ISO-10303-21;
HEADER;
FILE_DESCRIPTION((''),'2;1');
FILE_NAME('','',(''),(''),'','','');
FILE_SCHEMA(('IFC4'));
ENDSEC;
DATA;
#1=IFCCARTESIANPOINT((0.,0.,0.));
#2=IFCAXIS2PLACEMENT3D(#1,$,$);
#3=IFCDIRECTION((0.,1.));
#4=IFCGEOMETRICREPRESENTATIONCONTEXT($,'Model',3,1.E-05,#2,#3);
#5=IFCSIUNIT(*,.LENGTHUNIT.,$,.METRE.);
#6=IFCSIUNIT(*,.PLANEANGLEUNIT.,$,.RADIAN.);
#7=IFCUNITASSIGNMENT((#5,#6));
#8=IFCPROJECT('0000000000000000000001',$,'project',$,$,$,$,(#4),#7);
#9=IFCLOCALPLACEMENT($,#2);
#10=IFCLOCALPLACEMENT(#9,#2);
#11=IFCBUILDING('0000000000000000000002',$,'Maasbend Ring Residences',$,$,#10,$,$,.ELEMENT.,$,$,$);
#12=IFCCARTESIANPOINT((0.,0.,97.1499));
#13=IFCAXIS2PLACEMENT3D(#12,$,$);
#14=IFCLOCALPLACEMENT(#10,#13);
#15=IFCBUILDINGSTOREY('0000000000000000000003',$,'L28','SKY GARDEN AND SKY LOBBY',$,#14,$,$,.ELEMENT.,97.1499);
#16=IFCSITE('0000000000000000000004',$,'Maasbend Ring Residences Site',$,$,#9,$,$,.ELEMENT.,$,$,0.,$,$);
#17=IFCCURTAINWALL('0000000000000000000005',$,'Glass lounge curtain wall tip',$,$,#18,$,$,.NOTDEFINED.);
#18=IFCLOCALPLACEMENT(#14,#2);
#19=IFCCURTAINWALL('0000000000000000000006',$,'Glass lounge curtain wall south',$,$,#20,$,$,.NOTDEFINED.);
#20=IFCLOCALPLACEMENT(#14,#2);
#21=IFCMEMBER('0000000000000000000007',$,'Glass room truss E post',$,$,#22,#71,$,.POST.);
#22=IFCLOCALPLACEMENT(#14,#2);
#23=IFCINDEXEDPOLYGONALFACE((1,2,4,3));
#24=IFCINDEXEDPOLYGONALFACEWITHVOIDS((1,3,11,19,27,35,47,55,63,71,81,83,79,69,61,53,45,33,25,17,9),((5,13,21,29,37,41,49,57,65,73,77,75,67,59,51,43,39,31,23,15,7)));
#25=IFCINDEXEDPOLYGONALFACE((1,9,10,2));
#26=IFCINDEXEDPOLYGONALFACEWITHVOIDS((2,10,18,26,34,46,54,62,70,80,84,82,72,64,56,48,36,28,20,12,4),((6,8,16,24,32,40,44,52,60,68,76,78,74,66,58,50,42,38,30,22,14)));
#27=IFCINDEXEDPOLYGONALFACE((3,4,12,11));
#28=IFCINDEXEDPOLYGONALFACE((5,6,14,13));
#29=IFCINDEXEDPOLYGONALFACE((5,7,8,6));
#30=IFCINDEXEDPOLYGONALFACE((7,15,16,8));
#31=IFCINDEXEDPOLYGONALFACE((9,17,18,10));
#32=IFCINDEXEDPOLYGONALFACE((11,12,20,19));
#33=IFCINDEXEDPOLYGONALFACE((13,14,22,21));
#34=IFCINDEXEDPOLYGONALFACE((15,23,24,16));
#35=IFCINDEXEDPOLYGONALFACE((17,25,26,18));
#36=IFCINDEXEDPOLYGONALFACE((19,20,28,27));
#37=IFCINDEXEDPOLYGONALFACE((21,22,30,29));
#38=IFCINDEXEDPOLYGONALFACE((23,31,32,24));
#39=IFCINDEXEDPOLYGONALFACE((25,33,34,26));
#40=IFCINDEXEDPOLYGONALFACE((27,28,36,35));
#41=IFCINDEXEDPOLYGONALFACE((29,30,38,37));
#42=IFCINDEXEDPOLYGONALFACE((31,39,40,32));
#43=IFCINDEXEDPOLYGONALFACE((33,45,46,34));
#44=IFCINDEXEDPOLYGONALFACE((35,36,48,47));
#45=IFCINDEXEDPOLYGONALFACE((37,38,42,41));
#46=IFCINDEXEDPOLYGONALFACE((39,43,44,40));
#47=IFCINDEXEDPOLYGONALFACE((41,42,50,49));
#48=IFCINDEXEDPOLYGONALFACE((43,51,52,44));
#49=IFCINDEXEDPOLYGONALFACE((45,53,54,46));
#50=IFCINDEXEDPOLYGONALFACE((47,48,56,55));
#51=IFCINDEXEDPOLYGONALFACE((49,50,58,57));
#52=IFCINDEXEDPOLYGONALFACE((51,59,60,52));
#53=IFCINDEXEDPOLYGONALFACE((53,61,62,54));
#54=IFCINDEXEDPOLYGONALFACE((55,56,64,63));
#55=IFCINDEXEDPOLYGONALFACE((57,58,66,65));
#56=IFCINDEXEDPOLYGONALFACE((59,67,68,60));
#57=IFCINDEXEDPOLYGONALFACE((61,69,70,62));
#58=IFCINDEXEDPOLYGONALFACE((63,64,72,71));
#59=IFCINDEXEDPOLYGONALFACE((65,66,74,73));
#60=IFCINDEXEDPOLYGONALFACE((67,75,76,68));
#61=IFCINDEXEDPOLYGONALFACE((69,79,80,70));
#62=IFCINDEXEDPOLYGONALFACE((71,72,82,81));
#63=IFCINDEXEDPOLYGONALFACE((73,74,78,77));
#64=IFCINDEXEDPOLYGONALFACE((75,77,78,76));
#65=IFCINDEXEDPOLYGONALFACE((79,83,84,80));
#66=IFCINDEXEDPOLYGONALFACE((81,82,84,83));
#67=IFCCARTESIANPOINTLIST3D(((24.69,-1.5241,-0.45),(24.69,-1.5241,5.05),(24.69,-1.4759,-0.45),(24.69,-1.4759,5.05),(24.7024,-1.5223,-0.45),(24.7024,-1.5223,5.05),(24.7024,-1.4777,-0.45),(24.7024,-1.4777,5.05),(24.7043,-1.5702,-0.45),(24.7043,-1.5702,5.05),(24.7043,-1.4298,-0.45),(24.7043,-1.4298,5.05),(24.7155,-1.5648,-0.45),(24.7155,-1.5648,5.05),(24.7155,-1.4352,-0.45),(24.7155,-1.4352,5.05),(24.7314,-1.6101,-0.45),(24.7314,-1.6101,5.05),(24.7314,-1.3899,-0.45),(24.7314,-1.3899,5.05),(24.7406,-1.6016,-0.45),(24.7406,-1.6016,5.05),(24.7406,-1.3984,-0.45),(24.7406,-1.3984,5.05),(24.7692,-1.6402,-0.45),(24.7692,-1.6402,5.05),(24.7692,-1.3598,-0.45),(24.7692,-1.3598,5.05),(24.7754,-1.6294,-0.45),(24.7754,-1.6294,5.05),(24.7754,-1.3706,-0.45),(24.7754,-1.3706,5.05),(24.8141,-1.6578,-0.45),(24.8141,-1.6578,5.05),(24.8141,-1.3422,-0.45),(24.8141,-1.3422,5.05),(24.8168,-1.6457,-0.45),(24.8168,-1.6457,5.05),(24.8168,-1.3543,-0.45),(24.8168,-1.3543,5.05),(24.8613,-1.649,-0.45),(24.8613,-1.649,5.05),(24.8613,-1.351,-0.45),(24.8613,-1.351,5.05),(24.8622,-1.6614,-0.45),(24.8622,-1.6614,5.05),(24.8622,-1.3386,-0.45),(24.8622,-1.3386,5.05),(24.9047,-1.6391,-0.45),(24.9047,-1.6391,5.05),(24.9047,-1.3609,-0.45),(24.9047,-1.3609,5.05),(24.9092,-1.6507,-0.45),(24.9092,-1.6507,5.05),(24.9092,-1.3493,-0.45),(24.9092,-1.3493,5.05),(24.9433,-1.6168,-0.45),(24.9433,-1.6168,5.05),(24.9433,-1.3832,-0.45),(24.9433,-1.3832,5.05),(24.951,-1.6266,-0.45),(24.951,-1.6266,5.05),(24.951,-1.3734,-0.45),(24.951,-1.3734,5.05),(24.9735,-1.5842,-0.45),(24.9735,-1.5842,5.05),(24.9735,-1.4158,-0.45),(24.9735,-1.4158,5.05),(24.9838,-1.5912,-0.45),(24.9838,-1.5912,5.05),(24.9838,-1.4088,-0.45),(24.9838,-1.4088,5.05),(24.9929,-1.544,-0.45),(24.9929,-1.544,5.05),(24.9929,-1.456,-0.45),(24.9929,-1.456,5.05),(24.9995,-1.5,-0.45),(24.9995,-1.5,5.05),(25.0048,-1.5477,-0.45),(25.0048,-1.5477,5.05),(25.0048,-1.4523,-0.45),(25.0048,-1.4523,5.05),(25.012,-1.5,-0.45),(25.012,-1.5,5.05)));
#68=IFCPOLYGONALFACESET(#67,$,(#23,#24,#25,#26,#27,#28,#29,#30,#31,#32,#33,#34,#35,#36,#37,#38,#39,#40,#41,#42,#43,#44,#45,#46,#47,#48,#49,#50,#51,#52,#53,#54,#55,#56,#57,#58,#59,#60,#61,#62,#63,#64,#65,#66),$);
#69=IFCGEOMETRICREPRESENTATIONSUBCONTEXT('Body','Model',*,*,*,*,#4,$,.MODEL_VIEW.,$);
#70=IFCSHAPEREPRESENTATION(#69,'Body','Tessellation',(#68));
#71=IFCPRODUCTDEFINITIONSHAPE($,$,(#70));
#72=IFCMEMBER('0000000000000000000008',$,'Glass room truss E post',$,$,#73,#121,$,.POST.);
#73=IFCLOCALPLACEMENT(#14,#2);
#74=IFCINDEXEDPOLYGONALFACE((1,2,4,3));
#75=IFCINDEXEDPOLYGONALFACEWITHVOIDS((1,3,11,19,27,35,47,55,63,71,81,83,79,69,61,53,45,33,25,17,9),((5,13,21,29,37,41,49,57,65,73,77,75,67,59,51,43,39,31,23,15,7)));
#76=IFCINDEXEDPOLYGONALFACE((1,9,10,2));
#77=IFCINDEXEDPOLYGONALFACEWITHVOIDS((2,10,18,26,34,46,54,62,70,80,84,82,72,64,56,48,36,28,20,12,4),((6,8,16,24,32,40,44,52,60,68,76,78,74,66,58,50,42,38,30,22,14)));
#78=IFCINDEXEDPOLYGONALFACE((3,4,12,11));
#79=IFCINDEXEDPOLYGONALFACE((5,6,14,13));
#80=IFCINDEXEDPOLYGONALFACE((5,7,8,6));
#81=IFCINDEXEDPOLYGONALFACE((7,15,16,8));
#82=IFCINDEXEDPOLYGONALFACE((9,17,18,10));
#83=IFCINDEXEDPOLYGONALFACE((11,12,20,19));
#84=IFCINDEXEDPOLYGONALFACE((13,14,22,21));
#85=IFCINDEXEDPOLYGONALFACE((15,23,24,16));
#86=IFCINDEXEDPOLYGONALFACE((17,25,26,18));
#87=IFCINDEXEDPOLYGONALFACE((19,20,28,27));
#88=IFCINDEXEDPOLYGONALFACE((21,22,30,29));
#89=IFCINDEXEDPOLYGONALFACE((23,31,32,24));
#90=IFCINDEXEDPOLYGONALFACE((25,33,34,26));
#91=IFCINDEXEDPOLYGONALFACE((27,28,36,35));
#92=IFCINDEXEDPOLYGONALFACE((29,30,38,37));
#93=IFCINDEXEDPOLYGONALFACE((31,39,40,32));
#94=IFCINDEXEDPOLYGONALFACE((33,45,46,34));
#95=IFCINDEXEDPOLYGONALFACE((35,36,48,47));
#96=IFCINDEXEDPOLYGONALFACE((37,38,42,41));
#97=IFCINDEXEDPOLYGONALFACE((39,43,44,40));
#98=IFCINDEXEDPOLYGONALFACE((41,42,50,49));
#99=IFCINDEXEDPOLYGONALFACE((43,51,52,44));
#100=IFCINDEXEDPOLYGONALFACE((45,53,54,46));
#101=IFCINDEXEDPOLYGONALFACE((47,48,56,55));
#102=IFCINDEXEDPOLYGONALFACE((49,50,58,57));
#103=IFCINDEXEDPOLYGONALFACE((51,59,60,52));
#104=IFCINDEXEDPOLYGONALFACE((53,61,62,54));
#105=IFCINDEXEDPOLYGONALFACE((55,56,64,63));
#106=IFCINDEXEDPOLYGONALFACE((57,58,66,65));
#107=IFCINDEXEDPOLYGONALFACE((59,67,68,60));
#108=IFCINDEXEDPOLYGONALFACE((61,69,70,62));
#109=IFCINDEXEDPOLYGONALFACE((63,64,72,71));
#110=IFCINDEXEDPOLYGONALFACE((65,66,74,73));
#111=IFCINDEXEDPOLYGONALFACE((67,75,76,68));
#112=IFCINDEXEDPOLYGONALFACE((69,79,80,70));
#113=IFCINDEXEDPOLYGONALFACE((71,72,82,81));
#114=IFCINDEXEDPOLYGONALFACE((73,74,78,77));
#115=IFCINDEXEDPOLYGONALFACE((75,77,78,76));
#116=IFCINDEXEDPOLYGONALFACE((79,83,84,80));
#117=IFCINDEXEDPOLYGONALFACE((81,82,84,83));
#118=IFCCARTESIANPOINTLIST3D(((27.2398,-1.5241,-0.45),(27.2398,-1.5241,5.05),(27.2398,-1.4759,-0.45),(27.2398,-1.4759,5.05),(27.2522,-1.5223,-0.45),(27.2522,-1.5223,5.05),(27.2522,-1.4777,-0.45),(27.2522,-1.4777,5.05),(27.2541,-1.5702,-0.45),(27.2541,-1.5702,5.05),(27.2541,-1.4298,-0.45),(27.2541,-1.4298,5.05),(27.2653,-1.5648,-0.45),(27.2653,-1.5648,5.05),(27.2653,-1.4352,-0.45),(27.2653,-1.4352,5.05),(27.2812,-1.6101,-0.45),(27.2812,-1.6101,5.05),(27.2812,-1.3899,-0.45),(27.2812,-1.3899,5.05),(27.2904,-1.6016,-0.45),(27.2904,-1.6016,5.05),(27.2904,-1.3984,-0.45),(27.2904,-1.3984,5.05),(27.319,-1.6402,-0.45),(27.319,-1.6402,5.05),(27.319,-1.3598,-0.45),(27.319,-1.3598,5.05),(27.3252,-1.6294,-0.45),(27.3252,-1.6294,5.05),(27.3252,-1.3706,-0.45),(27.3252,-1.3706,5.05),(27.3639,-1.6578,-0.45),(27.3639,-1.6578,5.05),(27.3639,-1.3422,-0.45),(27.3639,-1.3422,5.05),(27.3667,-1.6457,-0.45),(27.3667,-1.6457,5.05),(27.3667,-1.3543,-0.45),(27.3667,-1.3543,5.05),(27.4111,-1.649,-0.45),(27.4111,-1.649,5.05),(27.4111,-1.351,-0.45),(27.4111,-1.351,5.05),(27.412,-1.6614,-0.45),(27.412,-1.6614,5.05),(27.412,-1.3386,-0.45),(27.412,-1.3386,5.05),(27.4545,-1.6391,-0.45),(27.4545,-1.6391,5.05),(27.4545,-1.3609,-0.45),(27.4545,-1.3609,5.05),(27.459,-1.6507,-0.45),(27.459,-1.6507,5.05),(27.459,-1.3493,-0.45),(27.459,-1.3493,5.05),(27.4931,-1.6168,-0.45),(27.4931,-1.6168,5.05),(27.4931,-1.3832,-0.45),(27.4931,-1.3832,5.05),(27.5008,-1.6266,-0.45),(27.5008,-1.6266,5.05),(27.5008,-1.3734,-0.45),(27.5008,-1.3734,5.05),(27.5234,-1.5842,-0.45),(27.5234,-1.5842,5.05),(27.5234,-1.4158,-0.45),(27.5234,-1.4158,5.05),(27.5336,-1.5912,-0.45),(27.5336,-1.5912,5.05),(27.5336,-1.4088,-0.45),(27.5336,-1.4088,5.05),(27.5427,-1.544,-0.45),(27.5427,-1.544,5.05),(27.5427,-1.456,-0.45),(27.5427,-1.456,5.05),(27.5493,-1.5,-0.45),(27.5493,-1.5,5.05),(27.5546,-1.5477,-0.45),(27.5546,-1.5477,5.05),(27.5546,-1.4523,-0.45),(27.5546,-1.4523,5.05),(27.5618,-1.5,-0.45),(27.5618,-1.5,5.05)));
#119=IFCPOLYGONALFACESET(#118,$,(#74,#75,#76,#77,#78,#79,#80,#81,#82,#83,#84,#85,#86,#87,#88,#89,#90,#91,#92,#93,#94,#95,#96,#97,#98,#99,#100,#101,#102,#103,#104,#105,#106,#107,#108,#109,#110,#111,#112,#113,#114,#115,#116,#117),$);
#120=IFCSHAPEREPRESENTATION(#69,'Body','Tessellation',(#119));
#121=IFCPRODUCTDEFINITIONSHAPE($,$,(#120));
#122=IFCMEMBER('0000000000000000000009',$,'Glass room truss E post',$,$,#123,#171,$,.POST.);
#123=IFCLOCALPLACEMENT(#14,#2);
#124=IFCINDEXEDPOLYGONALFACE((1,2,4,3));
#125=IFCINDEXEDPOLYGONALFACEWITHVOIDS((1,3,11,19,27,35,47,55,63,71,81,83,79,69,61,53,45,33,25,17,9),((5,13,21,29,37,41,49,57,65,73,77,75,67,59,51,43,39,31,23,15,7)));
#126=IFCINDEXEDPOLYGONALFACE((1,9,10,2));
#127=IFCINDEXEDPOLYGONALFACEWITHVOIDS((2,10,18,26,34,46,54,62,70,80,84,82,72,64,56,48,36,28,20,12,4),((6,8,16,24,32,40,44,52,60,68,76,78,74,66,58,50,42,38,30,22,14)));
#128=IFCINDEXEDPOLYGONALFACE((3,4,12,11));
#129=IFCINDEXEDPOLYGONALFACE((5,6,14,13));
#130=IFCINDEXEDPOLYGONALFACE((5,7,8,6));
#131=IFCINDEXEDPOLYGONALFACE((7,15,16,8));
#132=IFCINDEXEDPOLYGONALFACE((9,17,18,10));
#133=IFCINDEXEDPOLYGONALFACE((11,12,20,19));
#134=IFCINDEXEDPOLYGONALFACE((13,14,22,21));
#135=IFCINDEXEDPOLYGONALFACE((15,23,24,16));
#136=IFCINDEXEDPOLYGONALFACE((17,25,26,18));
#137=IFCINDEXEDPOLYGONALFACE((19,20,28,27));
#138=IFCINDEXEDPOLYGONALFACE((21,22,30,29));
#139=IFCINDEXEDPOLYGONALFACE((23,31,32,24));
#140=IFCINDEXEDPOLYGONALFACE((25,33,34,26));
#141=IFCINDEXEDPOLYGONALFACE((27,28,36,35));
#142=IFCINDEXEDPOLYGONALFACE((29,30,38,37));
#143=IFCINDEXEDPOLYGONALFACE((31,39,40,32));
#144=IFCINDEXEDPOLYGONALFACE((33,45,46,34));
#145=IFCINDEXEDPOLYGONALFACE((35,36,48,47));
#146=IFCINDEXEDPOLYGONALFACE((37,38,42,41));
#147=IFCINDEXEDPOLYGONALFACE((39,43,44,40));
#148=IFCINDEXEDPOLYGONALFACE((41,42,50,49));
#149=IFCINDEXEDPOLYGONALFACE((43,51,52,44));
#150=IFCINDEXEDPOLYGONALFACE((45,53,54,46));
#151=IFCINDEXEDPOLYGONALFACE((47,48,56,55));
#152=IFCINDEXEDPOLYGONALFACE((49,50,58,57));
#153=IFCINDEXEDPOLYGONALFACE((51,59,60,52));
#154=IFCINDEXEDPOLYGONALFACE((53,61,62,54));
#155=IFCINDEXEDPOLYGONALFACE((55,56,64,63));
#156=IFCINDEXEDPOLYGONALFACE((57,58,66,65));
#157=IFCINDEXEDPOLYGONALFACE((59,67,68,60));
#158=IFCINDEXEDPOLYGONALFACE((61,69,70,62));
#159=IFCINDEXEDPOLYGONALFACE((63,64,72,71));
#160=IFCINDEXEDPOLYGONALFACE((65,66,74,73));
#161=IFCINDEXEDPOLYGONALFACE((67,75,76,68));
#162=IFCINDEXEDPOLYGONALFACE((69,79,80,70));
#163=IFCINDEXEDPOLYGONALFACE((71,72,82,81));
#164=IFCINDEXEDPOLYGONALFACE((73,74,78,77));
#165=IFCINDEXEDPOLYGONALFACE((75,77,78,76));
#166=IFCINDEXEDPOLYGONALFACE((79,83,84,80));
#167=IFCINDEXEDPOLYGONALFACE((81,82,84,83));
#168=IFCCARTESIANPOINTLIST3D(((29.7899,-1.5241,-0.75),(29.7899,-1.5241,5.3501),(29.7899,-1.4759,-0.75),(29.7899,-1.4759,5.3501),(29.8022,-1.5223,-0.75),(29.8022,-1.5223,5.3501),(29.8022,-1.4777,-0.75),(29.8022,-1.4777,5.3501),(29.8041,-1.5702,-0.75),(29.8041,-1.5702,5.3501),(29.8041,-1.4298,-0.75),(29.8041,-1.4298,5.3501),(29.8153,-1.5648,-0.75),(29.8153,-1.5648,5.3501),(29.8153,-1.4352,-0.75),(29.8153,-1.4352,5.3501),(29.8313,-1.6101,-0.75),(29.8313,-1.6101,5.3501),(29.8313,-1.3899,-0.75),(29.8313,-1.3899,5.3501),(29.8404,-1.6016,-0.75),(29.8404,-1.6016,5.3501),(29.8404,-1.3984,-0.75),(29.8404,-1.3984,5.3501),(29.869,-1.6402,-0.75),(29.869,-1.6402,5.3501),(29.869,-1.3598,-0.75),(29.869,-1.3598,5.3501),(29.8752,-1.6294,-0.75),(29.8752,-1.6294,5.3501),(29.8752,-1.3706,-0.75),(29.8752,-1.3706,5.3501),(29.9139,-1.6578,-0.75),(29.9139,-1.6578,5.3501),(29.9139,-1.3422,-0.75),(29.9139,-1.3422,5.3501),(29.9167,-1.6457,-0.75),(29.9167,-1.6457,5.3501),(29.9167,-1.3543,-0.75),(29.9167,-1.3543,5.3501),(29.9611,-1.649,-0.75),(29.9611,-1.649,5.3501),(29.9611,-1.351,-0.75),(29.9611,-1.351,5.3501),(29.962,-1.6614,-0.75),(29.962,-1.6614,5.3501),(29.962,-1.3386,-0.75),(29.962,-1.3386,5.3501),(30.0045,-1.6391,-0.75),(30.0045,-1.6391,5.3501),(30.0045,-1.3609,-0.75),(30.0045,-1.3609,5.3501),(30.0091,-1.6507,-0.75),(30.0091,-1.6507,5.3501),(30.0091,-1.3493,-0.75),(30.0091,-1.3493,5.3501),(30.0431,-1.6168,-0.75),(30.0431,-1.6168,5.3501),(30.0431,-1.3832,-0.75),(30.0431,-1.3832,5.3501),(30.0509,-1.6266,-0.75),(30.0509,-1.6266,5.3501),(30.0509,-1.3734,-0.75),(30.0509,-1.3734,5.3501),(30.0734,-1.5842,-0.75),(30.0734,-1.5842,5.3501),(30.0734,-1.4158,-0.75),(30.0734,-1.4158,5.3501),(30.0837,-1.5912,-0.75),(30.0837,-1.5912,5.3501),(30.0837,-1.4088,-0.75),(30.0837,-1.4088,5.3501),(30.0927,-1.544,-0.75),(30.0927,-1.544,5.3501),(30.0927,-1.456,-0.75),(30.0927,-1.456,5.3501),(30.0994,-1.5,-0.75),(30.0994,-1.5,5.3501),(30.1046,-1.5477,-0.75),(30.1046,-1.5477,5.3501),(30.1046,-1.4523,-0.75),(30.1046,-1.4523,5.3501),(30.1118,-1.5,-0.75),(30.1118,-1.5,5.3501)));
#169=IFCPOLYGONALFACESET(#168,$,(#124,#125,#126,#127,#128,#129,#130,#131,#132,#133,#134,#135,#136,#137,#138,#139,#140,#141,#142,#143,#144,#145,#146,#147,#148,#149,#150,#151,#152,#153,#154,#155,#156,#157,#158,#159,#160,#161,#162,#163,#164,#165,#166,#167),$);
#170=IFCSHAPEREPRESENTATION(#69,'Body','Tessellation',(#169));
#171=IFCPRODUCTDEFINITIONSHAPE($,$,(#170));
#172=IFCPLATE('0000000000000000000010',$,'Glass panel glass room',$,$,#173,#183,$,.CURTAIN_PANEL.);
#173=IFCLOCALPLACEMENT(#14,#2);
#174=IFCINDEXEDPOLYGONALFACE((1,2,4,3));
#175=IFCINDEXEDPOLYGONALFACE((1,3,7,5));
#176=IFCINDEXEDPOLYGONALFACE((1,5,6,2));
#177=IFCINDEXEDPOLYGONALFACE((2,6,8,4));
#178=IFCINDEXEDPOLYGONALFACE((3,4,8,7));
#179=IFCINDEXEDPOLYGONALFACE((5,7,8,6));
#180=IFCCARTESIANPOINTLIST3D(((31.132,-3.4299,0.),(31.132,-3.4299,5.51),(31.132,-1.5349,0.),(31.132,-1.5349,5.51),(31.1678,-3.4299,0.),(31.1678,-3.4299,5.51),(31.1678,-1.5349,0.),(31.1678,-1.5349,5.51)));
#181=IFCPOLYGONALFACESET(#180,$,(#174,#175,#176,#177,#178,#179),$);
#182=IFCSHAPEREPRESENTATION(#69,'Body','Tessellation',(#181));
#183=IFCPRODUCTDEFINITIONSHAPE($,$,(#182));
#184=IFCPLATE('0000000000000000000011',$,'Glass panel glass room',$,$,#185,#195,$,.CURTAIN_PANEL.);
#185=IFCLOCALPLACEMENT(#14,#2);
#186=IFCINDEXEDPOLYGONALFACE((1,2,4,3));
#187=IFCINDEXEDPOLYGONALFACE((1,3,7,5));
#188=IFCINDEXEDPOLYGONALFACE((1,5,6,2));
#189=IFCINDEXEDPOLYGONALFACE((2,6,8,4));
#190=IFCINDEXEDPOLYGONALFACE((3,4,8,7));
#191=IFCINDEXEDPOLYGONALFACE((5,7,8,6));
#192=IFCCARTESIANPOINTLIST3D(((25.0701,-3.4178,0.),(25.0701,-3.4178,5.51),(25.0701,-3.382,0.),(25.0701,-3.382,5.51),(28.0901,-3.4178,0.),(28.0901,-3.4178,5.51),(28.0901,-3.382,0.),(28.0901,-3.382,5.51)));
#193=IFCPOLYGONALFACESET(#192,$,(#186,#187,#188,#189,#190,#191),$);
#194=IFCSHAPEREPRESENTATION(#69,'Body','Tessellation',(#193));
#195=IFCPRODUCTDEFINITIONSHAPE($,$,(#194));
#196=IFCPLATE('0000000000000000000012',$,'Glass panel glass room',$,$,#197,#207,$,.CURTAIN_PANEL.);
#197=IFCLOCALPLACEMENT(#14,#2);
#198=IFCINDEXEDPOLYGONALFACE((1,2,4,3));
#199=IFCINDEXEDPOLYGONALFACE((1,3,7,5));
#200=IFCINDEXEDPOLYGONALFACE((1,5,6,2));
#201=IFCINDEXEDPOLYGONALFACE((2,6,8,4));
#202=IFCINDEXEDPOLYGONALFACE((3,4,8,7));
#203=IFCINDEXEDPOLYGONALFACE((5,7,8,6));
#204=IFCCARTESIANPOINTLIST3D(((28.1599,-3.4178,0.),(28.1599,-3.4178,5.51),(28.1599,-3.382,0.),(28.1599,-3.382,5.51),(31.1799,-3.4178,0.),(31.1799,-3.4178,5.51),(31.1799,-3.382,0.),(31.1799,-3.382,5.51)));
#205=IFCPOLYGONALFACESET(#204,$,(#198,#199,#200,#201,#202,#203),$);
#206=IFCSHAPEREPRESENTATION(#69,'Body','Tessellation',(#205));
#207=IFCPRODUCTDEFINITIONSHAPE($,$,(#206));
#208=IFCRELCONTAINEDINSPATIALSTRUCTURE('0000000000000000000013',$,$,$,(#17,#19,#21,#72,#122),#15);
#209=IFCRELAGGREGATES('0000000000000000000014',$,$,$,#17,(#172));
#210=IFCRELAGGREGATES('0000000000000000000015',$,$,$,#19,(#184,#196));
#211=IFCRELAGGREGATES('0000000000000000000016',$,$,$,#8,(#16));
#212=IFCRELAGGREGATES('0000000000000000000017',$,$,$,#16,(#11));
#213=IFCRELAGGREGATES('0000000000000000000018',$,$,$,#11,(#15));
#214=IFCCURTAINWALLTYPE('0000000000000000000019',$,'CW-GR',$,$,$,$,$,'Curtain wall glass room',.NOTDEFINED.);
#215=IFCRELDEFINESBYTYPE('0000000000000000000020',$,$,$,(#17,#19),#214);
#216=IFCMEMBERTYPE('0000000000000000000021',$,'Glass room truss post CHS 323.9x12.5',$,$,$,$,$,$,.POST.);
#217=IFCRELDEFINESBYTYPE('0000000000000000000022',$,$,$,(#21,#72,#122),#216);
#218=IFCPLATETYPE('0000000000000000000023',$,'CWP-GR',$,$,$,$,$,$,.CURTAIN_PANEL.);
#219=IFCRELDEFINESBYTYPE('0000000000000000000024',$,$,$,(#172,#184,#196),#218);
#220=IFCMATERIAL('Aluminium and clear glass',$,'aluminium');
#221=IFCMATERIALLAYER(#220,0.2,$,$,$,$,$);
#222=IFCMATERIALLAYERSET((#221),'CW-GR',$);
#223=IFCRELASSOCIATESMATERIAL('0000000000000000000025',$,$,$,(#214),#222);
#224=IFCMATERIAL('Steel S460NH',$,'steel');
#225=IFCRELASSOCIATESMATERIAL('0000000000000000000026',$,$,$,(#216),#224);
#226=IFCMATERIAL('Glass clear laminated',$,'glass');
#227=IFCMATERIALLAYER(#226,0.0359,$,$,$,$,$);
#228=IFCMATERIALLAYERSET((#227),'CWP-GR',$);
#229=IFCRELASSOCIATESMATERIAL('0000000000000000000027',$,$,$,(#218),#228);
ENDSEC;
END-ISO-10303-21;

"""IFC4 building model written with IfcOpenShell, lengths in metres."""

from ifc_helpers import new_model, si_unit, direction, frame, origin, origin_2d, place, context, subcontext, project, spatial, rectangle, hollow_circle, extrude, material, layer, layer_set, material_profile, profile_set, type_object, element, aggregate, save


model = new_model("IFC4")

# Units and contexts
model_context = context("Model", 3, precision=1e-05, world=origin(), true_north=direction((0.0, 1.0)))
body_context = subcontext(model_context, "Body", "Model", "MODEL_VIEW")
ifc_project = project(units=[si_unit("LENGTHUNIT", "METRE"), si_unit("PLANEANGLEUNIT", "RADIAN")], contexts=[model_context])

# Site, building, storey
site_placement = place(None, origin())
site = spatial("IfcSite", under=ifc_project, at=site_placement, Name="Maasbend Ring Residences Site", CompositionType="ELEMENT", RefElevation=0.0)
building_placement = place(site_placement, origin())
building = spatial("IfcBuilding", under=site, at=building_placement, Name="Maasbend Ring Residences", CompositionType="ELEMENT")
storey_placement = place(building_placement, frame((0.0, 0.0, 97.1499)))
storey = spatial("IfcBuildingStorey", under=building, at=storey_placement, Name="L28", Description="SKY GARDEN AND SKY LOBBY", CompositionType="ELEMENT", Elevation=97.1499)

# Curtain wall
ifc_material_1 = material(Name="Aluminium and clear glass", Category="aluminium")
ifc_layer_1 = layer(ifc_material_1, 0.2)
ifc_layer_set_1 = layer_set([ifc_layer_1], Name="CW-GR")
curtain_wall_type = type_object("IfcCurtainWallType", Name="CW-GR", ElementType="Curtain wall glass room", PredefinedType="NOTDEFINED", material=ifc_layer_set_1)
curtain_wall_1_placement = place(storey_placement, origin())
curtain_wall_1 = element("IfcCurtainWall", 1, at=curtain_wall_1_placement, inside=storey, type_object=curtain_wall_type, Name="Glass lounge curtain wall tip", PredefinedType="NOTDEFINED")

# Curtain wall
curtain_wall_2_placement = place(storey_placement, origin())
curtain_wall_2 = element("IfcCurtainWall", 2, at=curtain_wall_2_placement, inside=storey, type_object=curtain_wall_type, Name="Glass lounge curtain wall south", PredefinedType="NOTDEFINED")

# Members
ifc_material_2 = material(Name="Steel S460NH", Category="steel")
ifc_material_profile_1 = material_profile(ifc_material_2, hollow_circle(Radius=0.1619, WallThickness=0.0125, at=origin_2d()), Name="Glass room truss post CHS 323.9x12.5")
ifc_profile_set_1 = profile_set([ifc_material_profile_1], Name="Steel S460NH")
member_type_1 = type_object("IfcMemberType", Name="Glass room truss post CHS 323.9x12.5", PredefinedType="POST", material=ifc_profile_set_1)
for number, where, z_axis, x_axis, name in (
    (3, (24.8501, -1.5, -0.45), (0.0, 0.0, 1.0), (1.0, 0.0, 0.0), "Glass room truss E post"),
    (4, (27.3999, -1.5, -0.45), (0.0, 0.0, 1.0), (1.0, 0.0, 0.0), "Glass room truss E post"),
):
    element("IfcMember", number, at=place(storey_placement, frame(where, z_axis=z_axis, x_axis=x_axis)), inside=storey, type_object=member_type_1, Name=name, PredefinedType="POST", context=body_context, shape_type="SweptSolid", body=[
        extrude(hollow_circle(Radius=0.1619, WallThickness=0.0125, at=origin_2d()), origin(), (0.0, 0.0, 1.0), 5.5),
    ])
member_1_placement = place(storey_placement, frame((29.95, -1.5, -0.75), z_axis=(0.0, 0.0, 1.0), x_axis=(1.0, 0.0, 0.0)))
element("IfcMember", 5, at=member_1_placement, inside=storey, type_object=member_type_1, Name="Glass room truss E post", PredefinedType="POST", context=body_context, shape_type="SweptSolid", body=[
    extrude(hollow_circle(Radius=0.1619, WallThickness=0.0125, at=origin_2d()), origin(), (0.0, 0.0, 1.0), 6.1001),
])

# Plates
ifc_material_3 = material(Name="Glass clear laminated", Category="glass")
ifc_layer_2 = layer(ifc_material_3, 0.0359)
ifc_layer_set_2 = layer_set([ifc_layer_2], Name="CWP-GR")
plate_type = type_object("IfcPlateType", Name="CWP-GR", PredefinedType="CURTAIN_PANEL", material=ifc_layer_set_2)
plate_1_placement = place(storey_placement, frame((31.1499, -2.4824, 0.0), z_axis=(0.0, 0.0, 1.0), x_axis=(0.0, 1.0, 0.0)))
plate_1 = element("IfcPlate", 6, at=plate_1_placement, type_object=plate_type, Name="Glass panel glass room", PredefinedType="CURTAIN_PANEL", context=body_context, shape_type="SweptSolid", body=[
    extrude(rectangle(XDim=1.895, YDim=0.0359, at=origin_2d()), origin(), (0.0, 0.0, 1.0), 5.51),
])
aggregate(curtain_wall_1, [plate_1])
plate_2_placement = place(storey_placement, frame((26.5801, -3.3999, 0.0), z_axis=(0.0, 0.0, 1.0), x_axis=(1.0, 0.0, 0.0)))
plate_2 = element("IfcPlate", 7, at=plate_2_placement, type_object=plate_type, Name="Glass panel glass room", PredefinedType="CURTAIN_PANEL", context=body_context, shape_type="SweptSolid", body=[
    extrude(rectangle(XDim=3.02, YDim=0.0359, at=origin_2d()), origin(), (0.0, 0.0, 1.0), 5.51),
])
plate_3_placement = place(storey_placement, frame((29.6699, -3.3999, 0.0), z_axis=(0.0, 0.0, 1.0), x_axis=(1.0, 0.0, 0.0)))
plate_3 = element("IfcPlate", 8, at=plate_3_placement, type_object=plate_type, Name="Glass panel glass room", PredefinedType="CURTAIN_PANEL", context=body_context, shape_type="SweptSolid", body=[
    extrude(rectangle(XDim=3.02, YDim=0.0359, at=origin_2d()), origin(), (0.0, 0.0, 1.0), 5.51),
])
aggregate(curtain_wall_2, [plate_2, plate_3])

save(model, "model.ifc")
